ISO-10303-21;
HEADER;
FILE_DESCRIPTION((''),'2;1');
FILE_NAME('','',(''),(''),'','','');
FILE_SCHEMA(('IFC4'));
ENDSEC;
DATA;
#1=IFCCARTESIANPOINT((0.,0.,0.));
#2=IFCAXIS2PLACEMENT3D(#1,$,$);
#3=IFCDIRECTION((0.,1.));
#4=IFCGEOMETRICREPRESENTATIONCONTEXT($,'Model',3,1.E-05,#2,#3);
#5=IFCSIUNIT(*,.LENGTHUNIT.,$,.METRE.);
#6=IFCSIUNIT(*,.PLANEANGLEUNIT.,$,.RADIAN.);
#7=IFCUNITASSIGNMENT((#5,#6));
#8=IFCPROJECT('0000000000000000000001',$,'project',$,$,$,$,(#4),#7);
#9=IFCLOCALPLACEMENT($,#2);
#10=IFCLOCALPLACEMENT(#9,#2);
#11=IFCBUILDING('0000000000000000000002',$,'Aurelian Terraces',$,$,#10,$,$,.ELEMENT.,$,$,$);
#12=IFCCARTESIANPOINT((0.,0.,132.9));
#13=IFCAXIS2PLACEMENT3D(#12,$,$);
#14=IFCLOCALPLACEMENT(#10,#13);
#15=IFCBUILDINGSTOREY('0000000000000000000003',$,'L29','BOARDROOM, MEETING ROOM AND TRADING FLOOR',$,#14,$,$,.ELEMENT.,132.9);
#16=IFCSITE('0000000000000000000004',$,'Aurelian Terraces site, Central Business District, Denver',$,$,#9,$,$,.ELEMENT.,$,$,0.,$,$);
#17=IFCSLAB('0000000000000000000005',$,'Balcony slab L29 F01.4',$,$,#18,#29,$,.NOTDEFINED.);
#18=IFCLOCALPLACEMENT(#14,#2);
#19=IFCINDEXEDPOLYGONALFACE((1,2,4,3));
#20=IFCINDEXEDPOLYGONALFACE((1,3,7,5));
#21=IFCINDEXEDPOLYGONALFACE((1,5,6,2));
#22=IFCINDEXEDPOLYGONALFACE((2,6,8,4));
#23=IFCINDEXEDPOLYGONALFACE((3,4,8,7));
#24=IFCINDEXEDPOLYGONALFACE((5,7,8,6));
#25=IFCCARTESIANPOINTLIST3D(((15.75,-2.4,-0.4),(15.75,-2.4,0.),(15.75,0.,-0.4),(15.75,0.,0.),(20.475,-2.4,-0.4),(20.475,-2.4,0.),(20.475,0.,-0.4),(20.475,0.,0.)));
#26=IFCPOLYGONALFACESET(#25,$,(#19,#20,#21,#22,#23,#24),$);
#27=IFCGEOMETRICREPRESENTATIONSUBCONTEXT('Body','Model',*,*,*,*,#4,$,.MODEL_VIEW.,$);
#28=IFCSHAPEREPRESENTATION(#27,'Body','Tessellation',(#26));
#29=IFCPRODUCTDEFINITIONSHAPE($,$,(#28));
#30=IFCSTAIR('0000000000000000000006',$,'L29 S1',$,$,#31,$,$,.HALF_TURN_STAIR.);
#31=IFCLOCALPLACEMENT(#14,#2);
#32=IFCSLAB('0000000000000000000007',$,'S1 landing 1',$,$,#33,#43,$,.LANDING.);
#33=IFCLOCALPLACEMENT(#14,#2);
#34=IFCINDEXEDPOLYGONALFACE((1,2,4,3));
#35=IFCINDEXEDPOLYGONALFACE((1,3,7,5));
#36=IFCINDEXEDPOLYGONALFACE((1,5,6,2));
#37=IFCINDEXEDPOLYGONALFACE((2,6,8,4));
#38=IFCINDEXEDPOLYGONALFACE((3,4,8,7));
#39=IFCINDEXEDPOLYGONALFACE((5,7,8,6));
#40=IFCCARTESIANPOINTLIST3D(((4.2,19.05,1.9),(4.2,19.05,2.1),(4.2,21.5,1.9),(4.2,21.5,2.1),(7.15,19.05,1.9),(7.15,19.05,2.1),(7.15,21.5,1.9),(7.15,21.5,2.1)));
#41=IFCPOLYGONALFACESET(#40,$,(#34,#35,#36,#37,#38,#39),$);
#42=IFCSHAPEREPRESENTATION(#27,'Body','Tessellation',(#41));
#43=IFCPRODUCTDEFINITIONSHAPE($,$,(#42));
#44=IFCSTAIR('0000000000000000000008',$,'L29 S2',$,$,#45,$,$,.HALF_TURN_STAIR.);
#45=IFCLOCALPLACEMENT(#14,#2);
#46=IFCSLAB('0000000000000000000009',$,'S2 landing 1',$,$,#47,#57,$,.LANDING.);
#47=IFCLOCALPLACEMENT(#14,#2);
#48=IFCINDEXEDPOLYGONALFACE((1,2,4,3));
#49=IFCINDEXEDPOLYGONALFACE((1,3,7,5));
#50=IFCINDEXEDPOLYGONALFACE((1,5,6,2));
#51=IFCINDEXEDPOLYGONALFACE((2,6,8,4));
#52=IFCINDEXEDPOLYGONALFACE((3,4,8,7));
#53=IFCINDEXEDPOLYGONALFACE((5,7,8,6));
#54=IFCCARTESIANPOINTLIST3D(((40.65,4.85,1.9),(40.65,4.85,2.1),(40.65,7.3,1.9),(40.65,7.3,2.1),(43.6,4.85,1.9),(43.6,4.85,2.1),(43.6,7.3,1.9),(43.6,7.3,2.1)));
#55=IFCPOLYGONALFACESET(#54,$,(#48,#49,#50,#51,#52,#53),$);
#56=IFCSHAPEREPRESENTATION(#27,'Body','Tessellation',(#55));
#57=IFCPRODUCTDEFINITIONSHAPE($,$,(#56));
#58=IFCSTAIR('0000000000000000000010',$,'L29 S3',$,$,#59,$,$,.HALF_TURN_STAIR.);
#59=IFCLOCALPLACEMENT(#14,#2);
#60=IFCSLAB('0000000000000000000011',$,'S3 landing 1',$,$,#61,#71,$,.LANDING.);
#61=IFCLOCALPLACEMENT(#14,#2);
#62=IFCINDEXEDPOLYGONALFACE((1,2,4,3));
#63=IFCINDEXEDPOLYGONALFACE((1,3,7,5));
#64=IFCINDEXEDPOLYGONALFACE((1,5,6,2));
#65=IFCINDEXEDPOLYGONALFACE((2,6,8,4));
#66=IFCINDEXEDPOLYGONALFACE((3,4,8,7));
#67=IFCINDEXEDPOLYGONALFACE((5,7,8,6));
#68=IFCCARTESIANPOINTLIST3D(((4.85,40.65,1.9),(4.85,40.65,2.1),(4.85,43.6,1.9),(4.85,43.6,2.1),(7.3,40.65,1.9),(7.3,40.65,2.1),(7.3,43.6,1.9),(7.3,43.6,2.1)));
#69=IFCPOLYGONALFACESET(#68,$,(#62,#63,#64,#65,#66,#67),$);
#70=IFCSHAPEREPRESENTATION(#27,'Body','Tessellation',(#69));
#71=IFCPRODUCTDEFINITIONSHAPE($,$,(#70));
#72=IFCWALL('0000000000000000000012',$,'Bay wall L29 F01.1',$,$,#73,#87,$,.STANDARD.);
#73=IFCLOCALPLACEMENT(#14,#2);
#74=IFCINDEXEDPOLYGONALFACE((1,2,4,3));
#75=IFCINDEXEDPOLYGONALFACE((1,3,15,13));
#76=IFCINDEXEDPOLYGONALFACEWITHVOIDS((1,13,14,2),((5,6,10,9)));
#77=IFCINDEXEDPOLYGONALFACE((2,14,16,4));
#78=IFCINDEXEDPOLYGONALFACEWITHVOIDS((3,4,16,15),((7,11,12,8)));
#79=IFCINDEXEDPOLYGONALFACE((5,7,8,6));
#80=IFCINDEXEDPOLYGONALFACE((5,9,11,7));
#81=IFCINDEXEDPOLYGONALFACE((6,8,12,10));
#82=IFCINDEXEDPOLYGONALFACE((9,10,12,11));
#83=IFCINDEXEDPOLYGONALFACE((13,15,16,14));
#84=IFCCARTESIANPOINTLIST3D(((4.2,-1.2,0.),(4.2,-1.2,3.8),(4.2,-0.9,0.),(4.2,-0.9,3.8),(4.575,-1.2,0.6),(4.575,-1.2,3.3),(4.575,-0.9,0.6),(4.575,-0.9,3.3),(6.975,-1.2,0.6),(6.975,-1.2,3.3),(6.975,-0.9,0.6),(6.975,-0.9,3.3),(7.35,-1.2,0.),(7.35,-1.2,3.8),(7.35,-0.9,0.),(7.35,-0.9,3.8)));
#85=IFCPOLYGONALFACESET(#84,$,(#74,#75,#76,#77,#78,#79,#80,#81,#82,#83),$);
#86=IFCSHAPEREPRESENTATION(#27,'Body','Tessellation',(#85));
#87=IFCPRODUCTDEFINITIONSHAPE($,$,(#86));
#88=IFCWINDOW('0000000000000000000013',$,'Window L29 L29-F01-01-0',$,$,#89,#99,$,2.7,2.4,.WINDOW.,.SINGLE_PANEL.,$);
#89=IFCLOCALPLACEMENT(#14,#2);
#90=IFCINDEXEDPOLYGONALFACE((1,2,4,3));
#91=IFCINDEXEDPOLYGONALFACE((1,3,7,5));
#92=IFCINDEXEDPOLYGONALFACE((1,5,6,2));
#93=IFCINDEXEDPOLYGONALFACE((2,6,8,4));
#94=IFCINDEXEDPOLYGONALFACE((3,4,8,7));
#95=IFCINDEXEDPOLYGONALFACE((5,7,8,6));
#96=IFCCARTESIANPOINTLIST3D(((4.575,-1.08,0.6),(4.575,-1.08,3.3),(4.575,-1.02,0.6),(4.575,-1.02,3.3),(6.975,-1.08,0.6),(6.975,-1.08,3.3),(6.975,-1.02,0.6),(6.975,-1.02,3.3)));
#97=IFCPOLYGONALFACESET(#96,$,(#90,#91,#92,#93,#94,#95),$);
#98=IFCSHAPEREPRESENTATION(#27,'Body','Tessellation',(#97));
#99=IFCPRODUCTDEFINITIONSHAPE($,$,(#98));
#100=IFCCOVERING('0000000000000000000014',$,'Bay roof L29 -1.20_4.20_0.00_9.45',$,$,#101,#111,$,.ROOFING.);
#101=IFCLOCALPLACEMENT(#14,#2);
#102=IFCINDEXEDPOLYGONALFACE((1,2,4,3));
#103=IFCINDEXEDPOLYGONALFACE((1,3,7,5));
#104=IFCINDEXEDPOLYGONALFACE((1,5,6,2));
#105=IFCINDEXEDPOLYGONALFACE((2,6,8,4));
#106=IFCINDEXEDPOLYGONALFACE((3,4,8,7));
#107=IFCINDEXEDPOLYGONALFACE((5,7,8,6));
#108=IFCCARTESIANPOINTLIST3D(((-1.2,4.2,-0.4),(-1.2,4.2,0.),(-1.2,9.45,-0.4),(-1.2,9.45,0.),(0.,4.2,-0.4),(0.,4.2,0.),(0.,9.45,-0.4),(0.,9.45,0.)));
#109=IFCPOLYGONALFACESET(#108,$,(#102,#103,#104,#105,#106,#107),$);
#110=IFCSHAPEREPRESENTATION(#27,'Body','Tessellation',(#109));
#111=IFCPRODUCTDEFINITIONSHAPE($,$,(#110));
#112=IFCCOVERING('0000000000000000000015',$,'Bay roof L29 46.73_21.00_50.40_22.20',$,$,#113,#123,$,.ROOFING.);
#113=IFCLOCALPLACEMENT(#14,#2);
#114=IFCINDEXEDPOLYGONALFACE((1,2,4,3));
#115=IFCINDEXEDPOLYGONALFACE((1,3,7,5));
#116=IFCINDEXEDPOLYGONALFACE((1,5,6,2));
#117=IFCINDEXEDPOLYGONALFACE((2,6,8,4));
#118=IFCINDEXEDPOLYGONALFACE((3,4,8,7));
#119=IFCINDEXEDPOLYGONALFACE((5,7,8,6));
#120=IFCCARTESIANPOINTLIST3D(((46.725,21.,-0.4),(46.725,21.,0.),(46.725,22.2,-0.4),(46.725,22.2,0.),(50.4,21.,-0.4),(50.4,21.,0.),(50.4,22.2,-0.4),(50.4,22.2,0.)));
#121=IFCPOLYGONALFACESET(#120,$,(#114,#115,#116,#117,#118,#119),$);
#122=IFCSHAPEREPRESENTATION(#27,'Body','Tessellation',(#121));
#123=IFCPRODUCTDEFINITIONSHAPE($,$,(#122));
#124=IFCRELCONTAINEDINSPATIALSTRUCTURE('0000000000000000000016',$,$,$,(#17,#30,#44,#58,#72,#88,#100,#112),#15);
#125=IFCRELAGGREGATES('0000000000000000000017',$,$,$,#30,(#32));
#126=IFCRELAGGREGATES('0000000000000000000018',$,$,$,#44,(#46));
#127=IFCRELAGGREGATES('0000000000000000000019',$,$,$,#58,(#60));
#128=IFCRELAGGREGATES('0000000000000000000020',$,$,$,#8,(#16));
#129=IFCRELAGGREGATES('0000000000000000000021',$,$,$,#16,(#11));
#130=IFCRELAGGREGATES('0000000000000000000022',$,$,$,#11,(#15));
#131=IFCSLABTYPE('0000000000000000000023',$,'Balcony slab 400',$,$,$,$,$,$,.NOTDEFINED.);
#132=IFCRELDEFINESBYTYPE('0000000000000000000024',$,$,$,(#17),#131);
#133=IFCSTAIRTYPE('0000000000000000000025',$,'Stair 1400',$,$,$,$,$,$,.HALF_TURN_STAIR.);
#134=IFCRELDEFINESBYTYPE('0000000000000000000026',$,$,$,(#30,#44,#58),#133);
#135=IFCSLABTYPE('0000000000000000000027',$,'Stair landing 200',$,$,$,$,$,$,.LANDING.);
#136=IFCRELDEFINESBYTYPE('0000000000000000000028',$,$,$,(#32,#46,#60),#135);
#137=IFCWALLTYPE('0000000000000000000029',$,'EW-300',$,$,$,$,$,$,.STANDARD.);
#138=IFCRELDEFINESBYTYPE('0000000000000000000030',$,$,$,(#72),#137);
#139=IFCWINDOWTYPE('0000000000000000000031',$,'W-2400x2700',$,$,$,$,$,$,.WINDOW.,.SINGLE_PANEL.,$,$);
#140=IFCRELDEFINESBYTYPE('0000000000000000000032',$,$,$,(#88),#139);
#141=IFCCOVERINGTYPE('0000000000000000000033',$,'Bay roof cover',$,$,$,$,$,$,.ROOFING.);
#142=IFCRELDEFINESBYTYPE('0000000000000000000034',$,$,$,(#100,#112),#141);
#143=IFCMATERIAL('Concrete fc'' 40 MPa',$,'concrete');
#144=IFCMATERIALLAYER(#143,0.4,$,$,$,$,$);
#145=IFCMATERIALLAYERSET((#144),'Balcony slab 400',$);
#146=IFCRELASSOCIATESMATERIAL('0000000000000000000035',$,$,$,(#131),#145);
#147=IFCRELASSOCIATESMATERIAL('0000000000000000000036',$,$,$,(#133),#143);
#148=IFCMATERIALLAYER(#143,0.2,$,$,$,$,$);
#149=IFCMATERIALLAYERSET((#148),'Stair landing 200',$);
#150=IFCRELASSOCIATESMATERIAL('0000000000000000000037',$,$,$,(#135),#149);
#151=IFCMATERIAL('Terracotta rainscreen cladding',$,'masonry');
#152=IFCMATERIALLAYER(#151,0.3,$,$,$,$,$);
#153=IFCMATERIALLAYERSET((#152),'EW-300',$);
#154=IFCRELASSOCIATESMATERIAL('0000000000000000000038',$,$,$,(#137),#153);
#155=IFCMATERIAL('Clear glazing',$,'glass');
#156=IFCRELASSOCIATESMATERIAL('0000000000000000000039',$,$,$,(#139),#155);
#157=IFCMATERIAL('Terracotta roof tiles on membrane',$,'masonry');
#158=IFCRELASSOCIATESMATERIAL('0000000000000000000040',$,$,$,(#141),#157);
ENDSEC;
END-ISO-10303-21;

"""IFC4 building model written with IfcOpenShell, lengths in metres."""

from ifc_helpers import new_model, si_unit, direction, frame, frame_2d, origin, place, context, subcontext, project, spatial, polyline, rectangle, outline, extrude, source, transform, mapped, material, layer, layer_set, type_object, element, fill, aggregate, save


model = new_model("IFC4")

# Units and contexts
model_context = context("Model", 3, precision=1e-05, world=origin(), true_north=direction((0.0, 1.0)))
body_context = subcontext(model_context, "Body", "Model", "MODEL_VIEW")
ifc_project = project(units=[si_unit("LENGTHUNIT", "METRE"), si_unit("PLANEANGLEUNIT", "RADIAN")], contexts=[model_context])

# Site, building, storey
site_placement = place(None, origin())
site = spatial("IfcSite", under=ifc_project, at=site_placement, Name="Aurelian Terraces site, Central Business District, Denver", CompositionType="ELEMENT", RefElevation=0.0)
building_placement = place(site_placement, origin())
building = spatial("IfcBuilding", under=site, at=building_placement, Name="Aurelian Terraces", CompositionType="ELEMENT")
storey_placement = place(building_placement, frame((0.0, 0.0, 132.9)))
storey = spatial("IfcBuildingStorey", under=building, at=storey_placement, Name="L29", Description="BOARDROOM, MEETING ROOM AND TRADING FLOOR", CompositionType="ELEMENT", Elevation=132.9)

# Slab
ifc_material_1 = material(Name="Concrete fc' 40 MPa", Category="concrete")
ifc_layer_1 = layer(ifc_material_1, 0.4)
ifc_layer_set_1 = layer_set([ifc_layer_1], Name="Balcony slab 400")
slab_type_1 = type_object("IfcSlabType", Name="Balcony slab 400", PredefinedType="NOTDEFINED", material=ifc_layer_set_1)
shared_shape_1 = source(origin(), body_context, "Body", "SweptSolid", [
    extrude(outline(polyline([(15.75, 0.0), (20.475, 0.0), (20.475, -2.4), (15.75, -2.4), (15.75, 0.0)])), origin(), (0.0, 0.0, 1.0), 0.4),
])
slab_1_placement = place(storey_placement, frame((0.0, 0.0, -0.4)))
element("IfcSlab", 1, at=slab_1_placement, inside=storey, type_object=slab_type_1, Name="Balcony slab L29 F01.4", PredefinedType="NOTDEFINED", context=body_context, shape_type="MappedRepresentation", body=[
    mapped(shared_shape_1, transform((0.0, 0.0, 0.0), scale=1.0)),
])

# Stairs, slabs
stair_type = type_object("IfcStairType", Name="Stair 1400", PredefinedType="HALF_TURN_STAIR", material=ifc_material_1)
stair_1_placement = place(storey_placement, origin())
stair_1 = element("IfcStair", 2, at=stair_1_placement, inside=storey, type_object=stair_type, Name="L29 S1", PredefinedType="HALF_TURN_STAIR")
ifc_layer_2 = layer(ifc_material_1, 0.2)
ifc_layer_set_2 = layer_set([ifc_layer_2], Name="Stair landing 200")
slab_type_2 = type_object("IfcSlabType", Name="Stair landing 200", PredefinedType="LANDING", material=ifc_layer_set_2)
shared_shape_2 = source(origin(), body_context, "Body", "SweptSolid", [
    extrude(outline(polyline([(7.15, 19.05), (7.15, 21.5), (4.2, 21.5), (4.2, 19.05), (7.15, 19.05)])), origin(), (0.0, 0.0, 1.0), 0.2),
])
slab_2_placement = place(storey_placement, frame((0.0, 0.0, 1.9)))
slab_2 = element("IfcSlab", 3, at=slab_2_placement, type_object=slab_type_2, Name="S1 landing 1", PredefinedType="LANDING", context=body_context, shape_type="MappedRepresentation", body=[
    mapped(shared_shape_2, transform((0.0, 0.0, 0.0), scale=1.0)),
])
aggregate(stair_1, [slab_2])
stair_2_placement = place(storey_placement, origin())
stair_2 = element("IfcStair", 4, at=stair_2_placement, inside=storey, type_object=stair_type, Name="L29 S2", PredefinedType="HALF_TURN_STAIR")
shared_shape_3 = source(origin(), body_context, "Body", "SweptSolid", [
    extrude(outline(polyline([(43.6, 4.85), (43.6, 7.3), (40.65, 7.3), (40.65, 4.85), (43.6, 4.85)])), origin(), (0.0, 0.0, 1.0), 0.2),
])
slab_3_placement = place(storey_placement, frame((0.0, 0.0, 1.9)))
slab_3 = element("IfcSlab", 5, at=slab_3_placement, type_object=slab_type_2, Name="S2 landing 1", PredefinedType="LANDING", context=body_context, shape_type="MappedRepresentation", body=[
    mapped(shared_shape_3, transform((0.0, 0.0, 0.0), scale=1.0)),
])
aggregate(stair_2, [slab_3])
stair_3_placement = place(storey_placement, origin())
stair_3 = element("IfcStair", 6, at=stair_3_placement, inside=storey, type_object=stair_type, Name="L29 S3", PredefinedType="HALF_TURN_STAIR")
shared_shape_4 = source(origin(), body_context, "Body", "SweptSolid", [
    extrude(outline(polyline([(4.85, 40.65), (7.3, 40.65), (7.3, 43.6), (4.85, 43.6), (4.85, 40.65)])), origin(), (0.0, 0.0, 1.0), 0.2),
])
slab_4_placement = place(storey_placement, frame((0.0, 0.0, 1.9)))
slab_4 = element("IfcSlab", 7, at=slab_4_placement, type_object=slab_type_2, Name="S3 landing 1", PredefinedType="LANDING", context=body_context, shape_type="MappedRepresentation", body=[
    mapped(shared_shape_4, transform((0.0, 0.0, 0.0), scale=1.0)),
])
aggregate(stair_3, [slab_4])

# Wall, opening, window
ifc_material_2 = material(Name="Terracotta rainscreen cladding", Category="masonry")
ifc_layer_3 = layer(ifc_material_2, 0.3)
ifc_layer_set_3 = layer_set([ifc_layer_3], Name="EW-300")
wall_type = type_object("IfcWallType", Name="EW-300", PredefinedType="STANDARD", material=ifc_layer_set_3)
shared_shape_5 = source(origin(), body_context, "Body", "SweptSolid", [
    extrude(rectangle(XDim=3.15, YDim=0.3, at=frame_2d((1.575, 0.0))), origin(), (0.0, 0.0, 1.0), 3.8),
])
wall_placement = place(storey_placement, frame((4.2, -1.05, 0.0), z_axis=(0.0, 0.0, 1.0), x_axis=(1.0, 0.0, 0.0)))
wall = element("IfcWall", 8, at=wall_placement, inside=storey, type_object=wall_type, Name="Bay wall L29 F01.1", PredefinedType="STANDARD", context=body_context, shape_type="MappedRepresentation", body=[
    mapped(shared_shape_5, transform((0.0, 0.0, 0.0), scale=1.0)),
])
shared_shape_6 = source(origin(), body_context, "Body", "SweptSolid", [
    extrude(rectangle(XDim=2.4, YDim=2.7, at=frame_2d((1.2, 1.35))), frame((0.0, 0.16, 0.0), z_axis=(0.0, -1.0, 0.0), x_axis=(1.0, 0.0, 0.0)), (0.0, 0.0, 1.0), 0.32),
])
opening_placement = place(wall_placement, frame((0.375, 0.0, 0.6)))
opening = element("IfcOpeningElement", 9, at=opening_placement, cuts=wall, PredefinedType="OPENING", context=body_context, shape_type="MappedRepresentation", body=[
    mapped(shared_shape_6, transform((0.0, 0.0, 0.0), scale=1.0)),
])
ifc_material_3 = material(Name="Clear glazing", Category="glass")
window_type = type_object("IfcWindowType", Name="W-2400x2700", PartitioningType="SINGLE_PANEL", PredefinedType="WINDOW", material=ifc_material_3)
shared_shape_7 = source(origin(), body_context, "Body", "SweptSolid", [
    extrude(rectangle(XDim=2.4, YDim=2.7, at=frame_2d((1.2, 1.35))), frame((0.0, 0.03, 0.0), z_axis=(0.0, -1.0, 0.0), x_axis=(1.0, 0.0, 0.0)), (0.0, 0.0, 1.0), 0.06),
])
window_placement = place(opening_placement, origin())
window = element("IfcWindow", 10, at=window_placement, inside=storey, type_object=window_type, Name="Window L29 L29-F01-01-0", OverallHeight=2.7, OverallWidth=2.4, PartitioningType="SINGLE_PANEL", PredefinedType="WINDOW", context=body_context, shape_type="MappedRepresentation", body=[
    mapped(shared_shape_7, transform((0.0, 0.0, 0.0), scale=1.0)),
])
fill(opening, window)

# Coverings
ifc_material_4 = material(Name="Terracotta roof tiles on membrane", Category="masonry")
covering_type = type_object("IfcCoveringType", Name="Bay roof cover", PredefinedType="ROOFING", material=ifc_material_4)
shared_shape_8 = source(origin(), body_context, "Body", "SweptSolid", [
    extrude(outline(polyline([(0.0, 4.2), (-1.2, 4.2), (-1.2, 9.45), (0.0, 9.45), (0.0, 4.2)])), origin(), (0.0, 0.0, 1.0), 0.4),
])
covering_1_placement = place(storey_placement, frame((0.0, 0.0, -0.4)))
element("IfcCovering", 11, at=covering_1_placement, inside=storey, type_object=covering_type, Name="Bay roof L29 -1.20_4.20_0.00_9.45", PredefinedType="ROOFING", context=body_context, shape_type="MappedRepresentation", body=[
    mapped(shared_shape_8, transform((0.0, 0.0, 0.0), scale=1.0)),
])
shared_shape_9 = source(origin(), body_context, "Body", "SweptSolid", [
    extrude(outline(polyline([(46.725, 21.0), (46.725, 22.2), (50.4, 22.2), (50.4, 21.0), (46.725, 21.0)])), origin(), (0.0, 0.0, 1.0), 0.4),
])
covering_2_placement = place(storey_placement, frame((0.0, 0.0, -0.4)))
element("IfcCovering", 12, at=covering_2_placement, inside=storey, type_object=covering_type, Name="Bay roof L29 46.73_21.00_50.40_22.20", PredefinedType="ROOFING", context=body_context, shape_type="MappedRepresentation", body=[
    mapped(shared_shape_9, transform((0.0, 0.0, 0.0), scale=1.0)),
])

save(model, "model.ifc")
